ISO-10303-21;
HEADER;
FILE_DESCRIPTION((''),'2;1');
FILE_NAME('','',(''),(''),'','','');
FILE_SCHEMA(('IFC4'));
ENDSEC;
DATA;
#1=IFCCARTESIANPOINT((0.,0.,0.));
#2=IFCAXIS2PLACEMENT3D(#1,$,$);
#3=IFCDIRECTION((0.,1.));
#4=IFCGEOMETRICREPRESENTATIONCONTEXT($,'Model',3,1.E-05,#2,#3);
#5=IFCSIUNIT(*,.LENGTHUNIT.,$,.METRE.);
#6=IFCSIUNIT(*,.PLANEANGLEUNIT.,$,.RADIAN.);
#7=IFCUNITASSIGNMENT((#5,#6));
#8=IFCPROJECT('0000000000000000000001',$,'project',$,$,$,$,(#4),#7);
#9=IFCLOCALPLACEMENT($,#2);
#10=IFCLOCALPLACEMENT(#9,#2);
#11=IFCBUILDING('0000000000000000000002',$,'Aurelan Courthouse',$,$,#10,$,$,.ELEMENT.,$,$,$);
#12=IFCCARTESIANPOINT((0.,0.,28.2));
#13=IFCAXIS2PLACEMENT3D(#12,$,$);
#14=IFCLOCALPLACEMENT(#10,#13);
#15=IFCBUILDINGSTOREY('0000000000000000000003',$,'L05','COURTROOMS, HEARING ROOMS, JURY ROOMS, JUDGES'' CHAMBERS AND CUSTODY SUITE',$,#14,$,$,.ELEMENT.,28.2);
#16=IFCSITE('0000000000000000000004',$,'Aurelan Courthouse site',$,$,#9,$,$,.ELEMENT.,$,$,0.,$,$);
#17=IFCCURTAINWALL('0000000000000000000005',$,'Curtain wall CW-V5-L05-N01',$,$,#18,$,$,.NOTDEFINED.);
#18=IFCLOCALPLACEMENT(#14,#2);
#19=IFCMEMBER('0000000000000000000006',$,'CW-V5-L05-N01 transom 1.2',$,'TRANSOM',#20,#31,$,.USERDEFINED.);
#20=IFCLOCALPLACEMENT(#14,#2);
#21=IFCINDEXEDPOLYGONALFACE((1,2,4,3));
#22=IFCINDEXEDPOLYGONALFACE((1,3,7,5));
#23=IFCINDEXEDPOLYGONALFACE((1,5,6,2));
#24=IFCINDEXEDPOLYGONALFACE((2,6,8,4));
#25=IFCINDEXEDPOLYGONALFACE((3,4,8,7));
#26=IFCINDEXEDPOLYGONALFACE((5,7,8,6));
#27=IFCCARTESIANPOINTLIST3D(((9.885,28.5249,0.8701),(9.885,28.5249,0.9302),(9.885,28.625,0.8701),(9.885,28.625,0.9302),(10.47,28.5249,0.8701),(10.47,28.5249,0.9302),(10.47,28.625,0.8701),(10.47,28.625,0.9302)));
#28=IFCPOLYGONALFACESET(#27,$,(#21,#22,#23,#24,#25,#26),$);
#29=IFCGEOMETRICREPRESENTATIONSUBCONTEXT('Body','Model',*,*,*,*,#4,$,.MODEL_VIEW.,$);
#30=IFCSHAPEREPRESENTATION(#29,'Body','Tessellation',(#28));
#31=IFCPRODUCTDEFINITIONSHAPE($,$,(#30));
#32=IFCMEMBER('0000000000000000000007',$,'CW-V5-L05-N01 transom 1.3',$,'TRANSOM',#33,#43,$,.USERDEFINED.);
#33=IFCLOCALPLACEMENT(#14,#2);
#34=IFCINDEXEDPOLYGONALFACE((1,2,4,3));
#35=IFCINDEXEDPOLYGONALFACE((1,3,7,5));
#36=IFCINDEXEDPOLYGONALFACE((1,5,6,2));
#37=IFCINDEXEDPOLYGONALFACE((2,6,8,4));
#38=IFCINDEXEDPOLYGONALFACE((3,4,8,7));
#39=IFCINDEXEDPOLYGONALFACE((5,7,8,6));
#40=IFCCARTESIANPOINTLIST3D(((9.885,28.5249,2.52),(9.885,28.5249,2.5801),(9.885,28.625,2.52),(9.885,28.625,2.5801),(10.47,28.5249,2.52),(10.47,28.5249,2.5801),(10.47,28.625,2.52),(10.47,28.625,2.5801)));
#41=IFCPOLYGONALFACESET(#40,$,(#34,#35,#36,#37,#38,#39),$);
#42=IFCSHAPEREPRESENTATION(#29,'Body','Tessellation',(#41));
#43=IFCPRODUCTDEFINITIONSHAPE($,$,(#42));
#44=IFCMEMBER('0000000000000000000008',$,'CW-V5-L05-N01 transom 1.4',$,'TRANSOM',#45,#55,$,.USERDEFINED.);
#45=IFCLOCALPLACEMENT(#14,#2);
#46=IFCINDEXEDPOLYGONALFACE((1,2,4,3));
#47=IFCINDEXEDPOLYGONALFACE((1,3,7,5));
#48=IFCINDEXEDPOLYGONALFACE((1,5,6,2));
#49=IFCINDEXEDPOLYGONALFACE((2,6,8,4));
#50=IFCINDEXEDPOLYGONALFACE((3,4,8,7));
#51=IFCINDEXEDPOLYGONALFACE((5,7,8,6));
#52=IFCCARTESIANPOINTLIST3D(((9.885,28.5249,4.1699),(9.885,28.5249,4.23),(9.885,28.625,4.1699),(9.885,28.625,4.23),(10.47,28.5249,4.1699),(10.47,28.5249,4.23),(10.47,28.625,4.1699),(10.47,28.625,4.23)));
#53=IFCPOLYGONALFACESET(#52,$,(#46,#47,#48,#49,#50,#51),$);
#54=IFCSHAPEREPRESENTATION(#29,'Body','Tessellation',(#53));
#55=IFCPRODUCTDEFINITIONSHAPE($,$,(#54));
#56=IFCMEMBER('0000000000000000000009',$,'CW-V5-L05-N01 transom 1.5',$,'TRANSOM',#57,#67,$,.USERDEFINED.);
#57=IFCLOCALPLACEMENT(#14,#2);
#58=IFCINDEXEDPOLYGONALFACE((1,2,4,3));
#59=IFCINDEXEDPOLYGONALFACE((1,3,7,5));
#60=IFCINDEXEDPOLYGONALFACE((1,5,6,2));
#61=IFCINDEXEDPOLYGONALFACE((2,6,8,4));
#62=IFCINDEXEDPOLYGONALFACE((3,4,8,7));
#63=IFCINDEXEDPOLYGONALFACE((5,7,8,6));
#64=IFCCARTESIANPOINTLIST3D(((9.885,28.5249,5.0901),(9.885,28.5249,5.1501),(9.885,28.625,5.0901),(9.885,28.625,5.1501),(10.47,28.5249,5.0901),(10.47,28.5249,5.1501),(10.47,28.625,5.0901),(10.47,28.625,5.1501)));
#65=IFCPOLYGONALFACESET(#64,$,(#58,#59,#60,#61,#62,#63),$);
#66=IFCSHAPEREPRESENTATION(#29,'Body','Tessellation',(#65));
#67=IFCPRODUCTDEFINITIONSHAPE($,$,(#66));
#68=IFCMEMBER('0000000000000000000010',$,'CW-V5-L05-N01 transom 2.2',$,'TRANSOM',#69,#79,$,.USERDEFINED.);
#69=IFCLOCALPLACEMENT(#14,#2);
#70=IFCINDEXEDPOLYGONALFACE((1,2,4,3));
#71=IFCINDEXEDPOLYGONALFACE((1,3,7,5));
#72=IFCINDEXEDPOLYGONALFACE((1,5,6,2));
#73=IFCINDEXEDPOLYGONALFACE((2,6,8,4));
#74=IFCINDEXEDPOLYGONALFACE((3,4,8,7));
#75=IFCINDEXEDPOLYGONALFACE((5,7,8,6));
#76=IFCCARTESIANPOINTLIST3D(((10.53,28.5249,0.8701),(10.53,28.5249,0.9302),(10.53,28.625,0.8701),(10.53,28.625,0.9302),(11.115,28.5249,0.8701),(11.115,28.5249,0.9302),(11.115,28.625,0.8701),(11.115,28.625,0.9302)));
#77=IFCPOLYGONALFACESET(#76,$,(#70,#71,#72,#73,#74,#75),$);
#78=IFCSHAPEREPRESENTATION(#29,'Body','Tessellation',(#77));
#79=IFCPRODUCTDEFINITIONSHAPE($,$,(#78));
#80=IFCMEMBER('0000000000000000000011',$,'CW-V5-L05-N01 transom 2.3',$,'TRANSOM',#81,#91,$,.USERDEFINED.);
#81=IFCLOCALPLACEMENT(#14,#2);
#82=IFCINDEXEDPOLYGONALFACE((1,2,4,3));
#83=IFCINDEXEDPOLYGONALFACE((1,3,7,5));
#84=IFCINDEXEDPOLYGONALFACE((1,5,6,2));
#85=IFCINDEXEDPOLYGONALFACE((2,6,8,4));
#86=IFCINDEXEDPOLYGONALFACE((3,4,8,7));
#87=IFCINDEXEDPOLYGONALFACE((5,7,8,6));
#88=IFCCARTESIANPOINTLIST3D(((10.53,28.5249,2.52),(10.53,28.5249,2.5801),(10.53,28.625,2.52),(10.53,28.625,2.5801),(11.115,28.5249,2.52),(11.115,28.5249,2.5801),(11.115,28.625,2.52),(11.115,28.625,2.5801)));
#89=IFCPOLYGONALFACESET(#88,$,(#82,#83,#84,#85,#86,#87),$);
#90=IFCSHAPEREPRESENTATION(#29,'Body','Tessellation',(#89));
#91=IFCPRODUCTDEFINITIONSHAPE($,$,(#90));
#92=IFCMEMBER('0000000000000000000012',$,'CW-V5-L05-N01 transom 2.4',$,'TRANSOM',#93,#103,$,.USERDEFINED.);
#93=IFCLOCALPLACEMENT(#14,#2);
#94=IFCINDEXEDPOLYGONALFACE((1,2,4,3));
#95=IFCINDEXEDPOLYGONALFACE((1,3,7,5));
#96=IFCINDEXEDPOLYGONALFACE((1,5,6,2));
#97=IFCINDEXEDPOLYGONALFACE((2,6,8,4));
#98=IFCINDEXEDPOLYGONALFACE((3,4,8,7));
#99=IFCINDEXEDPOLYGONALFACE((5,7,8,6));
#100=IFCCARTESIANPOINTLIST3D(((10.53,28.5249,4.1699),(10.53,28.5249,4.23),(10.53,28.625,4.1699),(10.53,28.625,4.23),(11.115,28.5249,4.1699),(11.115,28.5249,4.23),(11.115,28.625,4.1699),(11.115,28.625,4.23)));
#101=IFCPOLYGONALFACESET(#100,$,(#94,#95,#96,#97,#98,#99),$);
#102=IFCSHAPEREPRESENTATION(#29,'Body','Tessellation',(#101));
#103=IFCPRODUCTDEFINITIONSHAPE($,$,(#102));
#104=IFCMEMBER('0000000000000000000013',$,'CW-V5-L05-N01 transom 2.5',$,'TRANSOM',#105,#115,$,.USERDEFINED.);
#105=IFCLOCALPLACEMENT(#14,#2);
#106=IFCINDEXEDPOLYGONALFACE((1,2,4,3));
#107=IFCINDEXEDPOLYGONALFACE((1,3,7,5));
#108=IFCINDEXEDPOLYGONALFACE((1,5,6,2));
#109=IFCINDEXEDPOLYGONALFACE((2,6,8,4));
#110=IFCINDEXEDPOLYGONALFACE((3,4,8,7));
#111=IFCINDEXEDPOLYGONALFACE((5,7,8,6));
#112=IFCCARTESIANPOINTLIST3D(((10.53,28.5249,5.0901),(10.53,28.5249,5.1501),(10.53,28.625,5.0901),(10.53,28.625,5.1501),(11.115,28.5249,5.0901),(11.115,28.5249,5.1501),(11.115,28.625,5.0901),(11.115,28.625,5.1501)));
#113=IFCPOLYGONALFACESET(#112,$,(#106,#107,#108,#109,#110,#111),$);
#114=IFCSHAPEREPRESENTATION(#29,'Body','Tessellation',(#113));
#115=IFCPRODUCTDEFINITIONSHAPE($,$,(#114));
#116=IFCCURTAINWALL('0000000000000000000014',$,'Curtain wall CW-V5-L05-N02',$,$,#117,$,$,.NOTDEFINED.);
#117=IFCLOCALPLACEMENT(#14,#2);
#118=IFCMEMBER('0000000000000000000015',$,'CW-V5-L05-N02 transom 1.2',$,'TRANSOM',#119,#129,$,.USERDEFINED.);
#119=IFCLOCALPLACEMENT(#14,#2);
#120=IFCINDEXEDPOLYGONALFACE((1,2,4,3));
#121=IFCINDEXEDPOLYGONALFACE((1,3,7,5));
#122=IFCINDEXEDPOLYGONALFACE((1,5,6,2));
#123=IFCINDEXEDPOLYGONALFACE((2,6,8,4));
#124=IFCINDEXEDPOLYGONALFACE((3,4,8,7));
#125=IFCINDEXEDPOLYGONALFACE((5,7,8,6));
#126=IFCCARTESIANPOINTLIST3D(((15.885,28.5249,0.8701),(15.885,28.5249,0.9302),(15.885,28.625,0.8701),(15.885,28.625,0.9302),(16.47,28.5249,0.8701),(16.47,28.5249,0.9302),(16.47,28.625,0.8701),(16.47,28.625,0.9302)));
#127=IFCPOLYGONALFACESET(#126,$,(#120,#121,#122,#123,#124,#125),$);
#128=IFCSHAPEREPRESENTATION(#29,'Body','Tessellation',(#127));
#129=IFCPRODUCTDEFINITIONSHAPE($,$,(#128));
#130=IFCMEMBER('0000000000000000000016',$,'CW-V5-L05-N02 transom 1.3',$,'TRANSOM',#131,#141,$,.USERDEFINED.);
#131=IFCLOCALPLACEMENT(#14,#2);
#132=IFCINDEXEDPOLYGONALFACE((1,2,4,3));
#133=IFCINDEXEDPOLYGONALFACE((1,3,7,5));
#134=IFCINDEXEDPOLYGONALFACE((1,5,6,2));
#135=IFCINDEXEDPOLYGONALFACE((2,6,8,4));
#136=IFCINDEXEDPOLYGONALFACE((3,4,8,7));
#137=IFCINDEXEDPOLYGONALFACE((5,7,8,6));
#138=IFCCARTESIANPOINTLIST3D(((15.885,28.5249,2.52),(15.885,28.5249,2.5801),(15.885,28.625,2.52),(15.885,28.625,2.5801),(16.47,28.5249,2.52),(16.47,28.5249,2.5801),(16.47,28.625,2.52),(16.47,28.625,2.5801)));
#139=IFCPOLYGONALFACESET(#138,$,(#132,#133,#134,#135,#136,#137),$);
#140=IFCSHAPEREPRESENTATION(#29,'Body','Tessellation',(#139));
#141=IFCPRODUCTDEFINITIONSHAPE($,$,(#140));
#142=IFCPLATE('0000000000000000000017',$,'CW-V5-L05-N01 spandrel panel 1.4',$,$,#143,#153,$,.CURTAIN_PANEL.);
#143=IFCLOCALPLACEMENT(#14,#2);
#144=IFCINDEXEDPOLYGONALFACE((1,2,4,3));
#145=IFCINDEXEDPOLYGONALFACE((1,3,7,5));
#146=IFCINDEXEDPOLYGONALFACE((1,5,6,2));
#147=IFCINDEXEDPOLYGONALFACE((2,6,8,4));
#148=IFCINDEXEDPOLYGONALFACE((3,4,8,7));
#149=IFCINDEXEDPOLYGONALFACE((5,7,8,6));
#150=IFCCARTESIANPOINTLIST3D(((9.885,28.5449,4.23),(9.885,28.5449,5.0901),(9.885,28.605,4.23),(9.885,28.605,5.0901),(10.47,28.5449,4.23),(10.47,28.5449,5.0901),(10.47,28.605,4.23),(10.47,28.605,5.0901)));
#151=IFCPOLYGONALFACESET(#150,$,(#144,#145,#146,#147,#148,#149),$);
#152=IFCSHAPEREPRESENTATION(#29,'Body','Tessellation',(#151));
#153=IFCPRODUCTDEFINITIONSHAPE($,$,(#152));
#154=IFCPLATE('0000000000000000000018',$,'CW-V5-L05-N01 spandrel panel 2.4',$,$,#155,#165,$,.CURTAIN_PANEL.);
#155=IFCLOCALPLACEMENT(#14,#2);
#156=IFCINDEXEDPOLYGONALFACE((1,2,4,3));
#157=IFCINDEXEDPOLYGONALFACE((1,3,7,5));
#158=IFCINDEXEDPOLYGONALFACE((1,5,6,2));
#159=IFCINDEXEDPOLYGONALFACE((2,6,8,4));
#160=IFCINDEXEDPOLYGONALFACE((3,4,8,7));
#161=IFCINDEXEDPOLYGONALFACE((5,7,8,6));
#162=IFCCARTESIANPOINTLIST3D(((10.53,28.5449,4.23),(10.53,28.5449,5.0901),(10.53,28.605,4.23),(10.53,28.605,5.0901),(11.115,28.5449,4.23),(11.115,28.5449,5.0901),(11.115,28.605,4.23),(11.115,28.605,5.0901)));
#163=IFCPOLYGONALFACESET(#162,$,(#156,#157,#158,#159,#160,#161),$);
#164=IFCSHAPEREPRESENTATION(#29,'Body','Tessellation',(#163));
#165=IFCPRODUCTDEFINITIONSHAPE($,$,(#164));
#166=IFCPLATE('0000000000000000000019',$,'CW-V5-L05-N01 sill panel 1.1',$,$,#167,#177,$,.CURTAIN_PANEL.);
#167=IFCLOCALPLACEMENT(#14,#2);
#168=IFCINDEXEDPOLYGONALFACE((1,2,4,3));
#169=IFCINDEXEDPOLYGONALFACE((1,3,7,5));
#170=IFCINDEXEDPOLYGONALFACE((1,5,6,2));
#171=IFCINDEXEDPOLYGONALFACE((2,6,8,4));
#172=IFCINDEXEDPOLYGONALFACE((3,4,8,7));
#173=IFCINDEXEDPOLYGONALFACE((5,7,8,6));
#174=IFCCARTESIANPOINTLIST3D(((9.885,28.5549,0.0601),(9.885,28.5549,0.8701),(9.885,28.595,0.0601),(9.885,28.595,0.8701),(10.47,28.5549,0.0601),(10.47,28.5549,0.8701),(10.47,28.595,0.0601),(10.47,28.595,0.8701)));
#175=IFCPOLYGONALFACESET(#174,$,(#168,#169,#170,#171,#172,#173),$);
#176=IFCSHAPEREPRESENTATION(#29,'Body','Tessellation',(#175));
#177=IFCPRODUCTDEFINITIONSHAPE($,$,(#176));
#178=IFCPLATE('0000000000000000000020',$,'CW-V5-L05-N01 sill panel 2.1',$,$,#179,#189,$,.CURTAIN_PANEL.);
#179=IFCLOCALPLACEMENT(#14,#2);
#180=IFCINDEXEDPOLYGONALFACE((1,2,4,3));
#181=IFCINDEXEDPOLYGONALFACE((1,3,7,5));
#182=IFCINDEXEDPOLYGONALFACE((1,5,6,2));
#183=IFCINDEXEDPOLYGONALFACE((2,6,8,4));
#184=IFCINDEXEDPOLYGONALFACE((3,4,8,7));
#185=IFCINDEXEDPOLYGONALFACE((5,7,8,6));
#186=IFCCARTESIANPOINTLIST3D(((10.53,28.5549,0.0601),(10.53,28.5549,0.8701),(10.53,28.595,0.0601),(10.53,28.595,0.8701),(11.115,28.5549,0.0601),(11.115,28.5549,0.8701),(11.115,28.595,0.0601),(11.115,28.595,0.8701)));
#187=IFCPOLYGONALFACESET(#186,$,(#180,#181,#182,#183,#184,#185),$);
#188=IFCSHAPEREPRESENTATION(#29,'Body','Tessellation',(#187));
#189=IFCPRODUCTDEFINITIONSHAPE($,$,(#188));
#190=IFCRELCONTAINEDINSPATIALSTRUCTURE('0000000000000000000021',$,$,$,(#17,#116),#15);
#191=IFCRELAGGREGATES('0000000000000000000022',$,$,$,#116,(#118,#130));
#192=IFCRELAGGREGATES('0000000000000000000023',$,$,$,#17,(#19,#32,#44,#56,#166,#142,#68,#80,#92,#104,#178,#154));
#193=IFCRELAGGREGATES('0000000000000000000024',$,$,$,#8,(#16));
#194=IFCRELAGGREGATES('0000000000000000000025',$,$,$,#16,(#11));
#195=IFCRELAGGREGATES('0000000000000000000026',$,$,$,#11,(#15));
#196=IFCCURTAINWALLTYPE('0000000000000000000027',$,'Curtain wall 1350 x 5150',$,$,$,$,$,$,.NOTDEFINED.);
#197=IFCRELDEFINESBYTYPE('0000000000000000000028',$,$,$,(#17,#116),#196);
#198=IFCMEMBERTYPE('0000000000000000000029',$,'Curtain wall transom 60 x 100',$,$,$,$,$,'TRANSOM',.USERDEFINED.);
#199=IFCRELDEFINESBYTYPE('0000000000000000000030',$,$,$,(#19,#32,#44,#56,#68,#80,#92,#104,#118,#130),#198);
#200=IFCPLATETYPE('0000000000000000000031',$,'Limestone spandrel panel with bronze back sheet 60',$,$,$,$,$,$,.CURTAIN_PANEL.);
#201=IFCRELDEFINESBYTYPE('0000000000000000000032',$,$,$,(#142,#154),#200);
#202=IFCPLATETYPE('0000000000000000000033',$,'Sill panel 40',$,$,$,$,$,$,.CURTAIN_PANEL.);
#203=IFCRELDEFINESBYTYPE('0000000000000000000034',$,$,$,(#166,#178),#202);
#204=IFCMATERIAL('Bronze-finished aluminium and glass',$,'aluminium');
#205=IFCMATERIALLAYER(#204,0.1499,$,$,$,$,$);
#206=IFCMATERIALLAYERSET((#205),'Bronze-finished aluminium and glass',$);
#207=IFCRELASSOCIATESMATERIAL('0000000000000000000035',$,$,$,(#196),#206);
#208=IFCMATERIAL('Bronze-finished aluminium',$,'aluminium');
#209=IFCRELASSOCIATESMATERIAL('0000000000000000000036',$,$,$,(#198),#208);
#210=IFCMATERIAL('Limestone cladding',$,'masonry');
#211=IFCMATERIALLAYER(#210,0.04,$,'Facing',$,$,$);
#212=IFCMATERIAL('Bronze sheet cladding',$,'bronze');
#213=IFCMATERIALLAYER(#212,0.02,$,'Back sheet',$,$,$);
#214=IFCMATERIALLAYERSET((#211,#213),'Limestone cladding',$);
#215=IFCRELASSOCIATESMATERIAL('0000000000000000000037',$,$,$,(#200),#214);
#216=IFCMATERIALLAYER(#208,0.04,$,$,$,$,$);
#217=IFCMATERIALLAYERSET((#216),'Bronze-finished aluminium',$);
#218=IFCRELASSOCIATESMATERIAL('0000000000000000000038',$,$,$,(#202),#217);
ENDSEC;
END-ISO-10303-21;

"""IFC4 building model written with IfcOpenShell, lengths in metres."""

from ifc_helpers import new_model, si_unit, direction, frame, origin, origin_2d, place, context, subcontext, project, spatial, rectangle, extrude, material, layer, layer_set, material_profile, profile_set, type_object, element, aggregate, save


model = new_model("IFC4")

# Units and contexts
model_context = context("Model", 3, precision=1e-05, world=origin(), true_north=direction((0.0, 1.0)))
body_context = subcontext(model_context, "Body", "Model", "MODEL_VIEW")
ifc_project = project(units=[si_unit("LENGTHUNIT", "METRE"), si_unit("PLANEANGLEUNIT", "RADIAN")], contexts=[model_context])

# Site, building, storey
site_placement = place(None, origin())
site = spatial("IfcSite", under=ifc_project, at=site_placement, Name="Aurelan Courthouse site", CompositionType="ELEMENT", RefElevation=0.0)
building_placement = place(site_placement, origin())
building = spatial("IfcBuilding", under=site, at=building_placement, Name="Aurelan Courthouse", CompositionType="ELEMENT")
storey_placement = place(building_placement, frame((0.0, 0.0, 28.2)))
storey = spatial("IfcBuildingStorey", under=building, at=storey_placement, Name="L05", Description="COURTROOMS, HEARING ROOMS, JURY ROOMS, JUDGES' CHAMBERS AND CUSTODY SUITE", CompositionType="ELEMENT", Elevation=28.2)

# Curtain walls, members
ifc_material_1 = material(Name="Bronze-finished aluminium and glass", Category="aluminium")
ifc_layer_1 = layer(ifc_material_1, 0.1499)
ifc_layer_set_1 = layer_set([ifc_layer_1], Name="Bronze-finished aluminium and glass")
curtain_wall_type = type_object("IfcCurtainWallType", Name="Curtain wall 1350 x 5150", PredefinedType="NOTDEFINED", material=ifc_layer_set_1)
curtain_wall_1_placement = place(storey_placement, origin())
curtain_wall_1 = element("IfcCurtainWall", 1, at=curtain_wall_1_placement, inside=storey, type_object=curtain_wall_type, Name="Curtain wall CW-V5-L05-N01", PredefinedType="NOTDEFINED")
ifc_material_2 = material(Name="Bronze-finished aluminium", Category="aluminium")
ifc_material_profile = material_profile(ifc_material_2, rectangle(XDim=0.1001, YDim=0.0601, at=origin_2d()), Name="Bronze transom 60 x 100")
ifc_profile_set = profile_set([ifc_material_profile], Name="Bronze-finished aluminium")
member_type = type_object("IfcMemberType", Name="Curtain wall transom 60 x 100", ElementType="TRANSOM", PredefinedType="USERDEFINED", material=ifc_profile_set)
member_1_placement = place(storey_placement, frame((9.885, 28.575, 0.9001), z_axis=(1.0, 0.0, 0.0), x_axis=(0.0, 1.0, 0.0)))
member_1 = element("IfcMember", 2, at=member_1_placement, type_object=member_type, Name="CW-V5-L05-N01 transom 1.2", ObjectType="TRANSOM", PredefinedType="USERDEFINED", context=body_context, shape_type="SweptSolid", body=[
    extrude(rectangle(XDim=0.1001, YDim=0.0601, at=origin_2d()), origin(), (0.0, 0.0, 1.0), 0.585),
])
member_2_placement = place(storey_placement, frame((9.885, 28.575, 2.55), z_axis=(1.0, 0.0, 0.0), x_axis=(0.0, 1.0, 0.0)))
member_2 = element("IfcMember", 3, at=member_2_placement, type_object=member_type, Name="CW-V5-L05-N01 transom 1.3", ObjectType="TRANSOM", PredefinedType="USERDEFINED", context=body_context, shape_type="SweptSolid", body=[
    extrude(rectangle(XDim=0.1001, YDim=0.0601, at=origin_2d()), origin(), (0.0, 0.0, 1.0), 0.585),
])
member_3_placement = place(storey_placement, frame((9.885, 28.575, 4.2), z_axis=(1.0, 0.0, 0.0), x_axis=(0.0, 1.0, 0.0)))
member_3 = element("IfcMember", 4, at=member_3_placement, type_object=member_type, Name="CW-V5-L05-N01 transom 1.4", ObjectType="TRANSOM", PredefinedType="USERDEFINED", context=body_context, shape_type="SweptSolid", body=[
    extrude(rectangle(XDim=0.1001, YDim=0.0601, at=origin_2d()), origin(), (0.0, 0.0, 1.0), 0.585),
])
member_4_placement = place(storey_placement, frame((9.885, 28.575, 5.1201), z_axis=(1.0, 0.0, 0.0), x_axis=(0.0, 1.0, 0.0)))
member_4 = element("IfcMember", 5, at=member_4_placement, type_object=member_type, Name="CW-V5-L05-N01 transom 1.5", ObjectType="TRANSOM", PredefinedType="USERDEFINED", context=body_context, shape_type="SweptSolid", body=[
    extrude(rectangle(XDim=0.1001, YDim=0.0601, at=origin_2d()), origin(), (0.0, 0.0, 1.0), 0.585),
])
member_5_placement = place(storey_placement, frame((10.53, 28.575, 0.9001), z_axis=(1.0, 0.0, 0.0), x_axis=(0.0, 1.0, 0.0)))
member_5 = element("IfcMember", 6, at=member_5_placement, type_object=member_type, Name="CW-V5-L05-N01 transom 2.2", ObjectType="TRANSOM", PredefinedType="USERDEFINED", context=body_context, shape_type="SweptSolid", body=[
    extrude(rectangle(XDim=0.1001, YDim=0.0601, at=origin_2d()), origin(), (0.0, 0.0, 1.0), 0.585),
])
member_6_placement = place(storey_placement, frame((10.53, 28.575, 2.55), z_axis=(1.0, 0.0, 0.0), x_axis=(0.0, 1.0, 0.0)))
member_6 = element("IfcMember", 7, at=member_6_placement, type_object=member_type, Name="CW-V5-L05-N01 transom 2.3", ObjectType="TRANSOM", PredefinedType="USERDEFINED", context=body_context, shape_type="SweptSolid", body=[
    extrude(rectangle(XDim=0.1001, YDim=0.0601, at=origin_2d()), origin(), (0.0, 0.0, 1.0), 0.585),
])
member_7_placement = place(storey_placement, frame((10.53, 28.575, 4.2), z_axis=(1.0, 0.0, 0.0), x_axis=(0.0, 1.0, 0.0)))
member_7 = element("IfcMember", 8, at=member_7_placement, type_object=member_type, Name="CW-V5-L05-N01 transom 2.4", ObjectType="TRANSOM", PredefinedType="USERDEFINED", context=body_context, shape_type="SweptSolid", body=[
    extrude(rectangle(XDim=0.1001, YDim=0.0601, at=origin_2d()), origin(), (0.0, 0.0, 1.0), 0.585),
])
member_8_placement = place(storey_placement, frame((10.53, 28.575, 5.1201), z_axis=(1.0, 0.0, 0.0), x_axis=(0.0, 1.0, 0.0)))
member_8 = element("IfcMember", 9, at=member_8_placement, type_object=member_type, Name="CW-V5-L05-N01 transom 2.5", ObjectType="TRANSOM", PredefinedType="USERDEFINED", context=body_context, shape_type="SweptSolid", body=[
    extrude(rectangle(XDim=0.1001, YDim=0.0601, at=origin_2d()), origin(), (0.0, 0.0, 1.0), 0.585),
])
curtain_wall_2_placement = place(storey_placement, origin())
curtain_wall_2 = element("IfcCurtainWall", 10, at=curtain_wall_2_placement, inside=storey, type_object=curtain_wall_type, Name="Curtain wall CW-V5-L05-N02", PredefinedType="NOTDEFINED")
member_9_placement = place(storey_placement, frame((15.885, 28.575, 0.9001), z_axis=(1.0, 0.0, 0.0), x_axis=(0.0, 1.0, 0.0)))
member_9 = element("IfcMember", 11, at=member_9_placement, type_object=member_type, Name="CW-V5-L05-N02 transom 1.2", ObjectType="TRANSOM", PredefinedType="USERDEFINED", context=body_context, shape_type="SweptSolid", body=[
    extrude(rectangle(XDim=0.1001, YDim=0.0601, at=origin_2d()), origin(), (0.0, 0.0, 1.0), 0.585),
])
member_10_placement = place(storey_placement, frame((15.885, 28.575, 2.55), z_axis=(1.0, 0.0, 0.0), x_axis=(0.0, 1.0, 0.0)))
member_10 = element("IfcMember", 12, at=member_10_placement, type_object=member_type, Name="CW-V5-L05-N02 transom 1.3", ObjectType="TRANSOM", PredefinedType="USERDEFINED", context=body_context, shape_type="SweptSolid", body=[
    extrude(rectangle(XDim=0.1001, YDim=0.0601, at=origin_2d()), origin(), (0.0, 0.0, 1.0), 0.585),
])
aggregate(curtain_wall_2, [member_9, member_10])

# Plates
ifc_material_3 = material(Name="Limestone cladding", Category="masonry")
ifc_layer_2 = layer(ifc_material_3, 0.04, Name="Facing")
ifc_material_4 = material(Name="Bronze sheet cladding", Category="bronze")
ifc_layer_3 = layer(ifc_material_4, 0.02, Name="Back sheet")
ifc_layer_set_2 = layer_set([ifc_layer_2, ifc_layer_3], Name="Limestone cladding")
plate_type_1 = type_object("IfcPlateType", Name="Limestone spandrel panel with bronze back sheet 60", PredefinedType="CURTAIN_PANEL", material=ifc_layer_set_2)
plate_1_placement = place(storey_placement, frame((10.1775, 28.575, 4.23), z_axis=(0.0, 0.0, 1.0), x_axis=(1.0, 0.0, 0.0)))
plate_1 = element("IfcPlate", 13, at=plate_1_placement, type_object=plate_type_1, Name="CW-V5-L05-N01 spandrel panel 1.4", PredefinedType="CURTAIN_PANEL", context=body_context, shape_type="SweptSolid", body=[
    extrude(rectangle(XDim=0.585, YDim=0.0601, at=origin_2d()), origin(), (0.0, 0.0, 1.0), 0.8601),
])
plate_2_placement = place(storey_placement, frame((10.8225, 28.575, 4.23), z_axis=(0.0, 0.0, 1.0), x_axis=(1.0, 0.0, 0.0)))
plate_2 = element("IfcPlate", 14, at=plate_2_placement, type_object=plate_type_1, Name="CW-V5-L05-N01 spandrel panel 2.4", PredefinedType="CURTAIN_PANEL", context=body_context, shape_type="SweptSolid", body=[
    extrude(rectangle(XDim=0.585, YDim=0.0601, at=origin_2d()), origin(), (0.0, 0.0, 1.0), 0.8601),
])
ifc_layer_4 = layer(ifc_material_2, 0.04)
ifc_layer_set_3 = layer_set([ifc_layer_4], Name="Bronze-finished aluminium")
plate_type_2 = type_object("IfcPlateType", Name="Sill panel 40", PredefinedType="CURTAIN_PANEL", material=ifc_layer_set_3)
plate_3_placement = place(storey_placement, frame((10.1775, 28.575, 0.0601), z_axis=(0.0, 0.0, 1.0), x_axis=(1.0, 0.0, 0.0)))
plate_3 = element("IfcPlate", 15, at=plate_3_placement, type_object=plate_type_2, Name="CW-V5-L05-N01 sill panel 1.1", PredefinedType="CURTAIN_PANEL", context=body_context, shape_type="SweptSolid", body=[
    extrude(rectangle(XDim=0.585, YDim=0.04, at=origin_2d()), origin(), (0.0, 0.0, 1.0), 0.8101),
])
plate_4_placement = place(storey_placement, frame((10.8225, 28.575, 0.0601), z_axis=(0.0, 0.0, 1.0), x_axis=(1.0, 0.0, 0.0)))
plate_4 = element("IfcPlate", 16, at=plate_4_placement, type_object=plate_type_2, Name="CW-V5-L05-N01 sill panel 2.1", PredefinedType="CURTAIN_PANEL", context=body_context, shape_type="SweptSolid", body=[
    extrude(rectangle(XDim=0.585, YDim=0.04, at=origin_2d()), origin(), (0.0, 0.0, 1.0), 0.8101),
])
aggregate(curtain_wall_1, [member_1, member_2, member_3, member_4, plate_3, plate_1, member_5, member_6, member_7, member_8, plate_4, plate_2])

save(model, "model.ifc")
